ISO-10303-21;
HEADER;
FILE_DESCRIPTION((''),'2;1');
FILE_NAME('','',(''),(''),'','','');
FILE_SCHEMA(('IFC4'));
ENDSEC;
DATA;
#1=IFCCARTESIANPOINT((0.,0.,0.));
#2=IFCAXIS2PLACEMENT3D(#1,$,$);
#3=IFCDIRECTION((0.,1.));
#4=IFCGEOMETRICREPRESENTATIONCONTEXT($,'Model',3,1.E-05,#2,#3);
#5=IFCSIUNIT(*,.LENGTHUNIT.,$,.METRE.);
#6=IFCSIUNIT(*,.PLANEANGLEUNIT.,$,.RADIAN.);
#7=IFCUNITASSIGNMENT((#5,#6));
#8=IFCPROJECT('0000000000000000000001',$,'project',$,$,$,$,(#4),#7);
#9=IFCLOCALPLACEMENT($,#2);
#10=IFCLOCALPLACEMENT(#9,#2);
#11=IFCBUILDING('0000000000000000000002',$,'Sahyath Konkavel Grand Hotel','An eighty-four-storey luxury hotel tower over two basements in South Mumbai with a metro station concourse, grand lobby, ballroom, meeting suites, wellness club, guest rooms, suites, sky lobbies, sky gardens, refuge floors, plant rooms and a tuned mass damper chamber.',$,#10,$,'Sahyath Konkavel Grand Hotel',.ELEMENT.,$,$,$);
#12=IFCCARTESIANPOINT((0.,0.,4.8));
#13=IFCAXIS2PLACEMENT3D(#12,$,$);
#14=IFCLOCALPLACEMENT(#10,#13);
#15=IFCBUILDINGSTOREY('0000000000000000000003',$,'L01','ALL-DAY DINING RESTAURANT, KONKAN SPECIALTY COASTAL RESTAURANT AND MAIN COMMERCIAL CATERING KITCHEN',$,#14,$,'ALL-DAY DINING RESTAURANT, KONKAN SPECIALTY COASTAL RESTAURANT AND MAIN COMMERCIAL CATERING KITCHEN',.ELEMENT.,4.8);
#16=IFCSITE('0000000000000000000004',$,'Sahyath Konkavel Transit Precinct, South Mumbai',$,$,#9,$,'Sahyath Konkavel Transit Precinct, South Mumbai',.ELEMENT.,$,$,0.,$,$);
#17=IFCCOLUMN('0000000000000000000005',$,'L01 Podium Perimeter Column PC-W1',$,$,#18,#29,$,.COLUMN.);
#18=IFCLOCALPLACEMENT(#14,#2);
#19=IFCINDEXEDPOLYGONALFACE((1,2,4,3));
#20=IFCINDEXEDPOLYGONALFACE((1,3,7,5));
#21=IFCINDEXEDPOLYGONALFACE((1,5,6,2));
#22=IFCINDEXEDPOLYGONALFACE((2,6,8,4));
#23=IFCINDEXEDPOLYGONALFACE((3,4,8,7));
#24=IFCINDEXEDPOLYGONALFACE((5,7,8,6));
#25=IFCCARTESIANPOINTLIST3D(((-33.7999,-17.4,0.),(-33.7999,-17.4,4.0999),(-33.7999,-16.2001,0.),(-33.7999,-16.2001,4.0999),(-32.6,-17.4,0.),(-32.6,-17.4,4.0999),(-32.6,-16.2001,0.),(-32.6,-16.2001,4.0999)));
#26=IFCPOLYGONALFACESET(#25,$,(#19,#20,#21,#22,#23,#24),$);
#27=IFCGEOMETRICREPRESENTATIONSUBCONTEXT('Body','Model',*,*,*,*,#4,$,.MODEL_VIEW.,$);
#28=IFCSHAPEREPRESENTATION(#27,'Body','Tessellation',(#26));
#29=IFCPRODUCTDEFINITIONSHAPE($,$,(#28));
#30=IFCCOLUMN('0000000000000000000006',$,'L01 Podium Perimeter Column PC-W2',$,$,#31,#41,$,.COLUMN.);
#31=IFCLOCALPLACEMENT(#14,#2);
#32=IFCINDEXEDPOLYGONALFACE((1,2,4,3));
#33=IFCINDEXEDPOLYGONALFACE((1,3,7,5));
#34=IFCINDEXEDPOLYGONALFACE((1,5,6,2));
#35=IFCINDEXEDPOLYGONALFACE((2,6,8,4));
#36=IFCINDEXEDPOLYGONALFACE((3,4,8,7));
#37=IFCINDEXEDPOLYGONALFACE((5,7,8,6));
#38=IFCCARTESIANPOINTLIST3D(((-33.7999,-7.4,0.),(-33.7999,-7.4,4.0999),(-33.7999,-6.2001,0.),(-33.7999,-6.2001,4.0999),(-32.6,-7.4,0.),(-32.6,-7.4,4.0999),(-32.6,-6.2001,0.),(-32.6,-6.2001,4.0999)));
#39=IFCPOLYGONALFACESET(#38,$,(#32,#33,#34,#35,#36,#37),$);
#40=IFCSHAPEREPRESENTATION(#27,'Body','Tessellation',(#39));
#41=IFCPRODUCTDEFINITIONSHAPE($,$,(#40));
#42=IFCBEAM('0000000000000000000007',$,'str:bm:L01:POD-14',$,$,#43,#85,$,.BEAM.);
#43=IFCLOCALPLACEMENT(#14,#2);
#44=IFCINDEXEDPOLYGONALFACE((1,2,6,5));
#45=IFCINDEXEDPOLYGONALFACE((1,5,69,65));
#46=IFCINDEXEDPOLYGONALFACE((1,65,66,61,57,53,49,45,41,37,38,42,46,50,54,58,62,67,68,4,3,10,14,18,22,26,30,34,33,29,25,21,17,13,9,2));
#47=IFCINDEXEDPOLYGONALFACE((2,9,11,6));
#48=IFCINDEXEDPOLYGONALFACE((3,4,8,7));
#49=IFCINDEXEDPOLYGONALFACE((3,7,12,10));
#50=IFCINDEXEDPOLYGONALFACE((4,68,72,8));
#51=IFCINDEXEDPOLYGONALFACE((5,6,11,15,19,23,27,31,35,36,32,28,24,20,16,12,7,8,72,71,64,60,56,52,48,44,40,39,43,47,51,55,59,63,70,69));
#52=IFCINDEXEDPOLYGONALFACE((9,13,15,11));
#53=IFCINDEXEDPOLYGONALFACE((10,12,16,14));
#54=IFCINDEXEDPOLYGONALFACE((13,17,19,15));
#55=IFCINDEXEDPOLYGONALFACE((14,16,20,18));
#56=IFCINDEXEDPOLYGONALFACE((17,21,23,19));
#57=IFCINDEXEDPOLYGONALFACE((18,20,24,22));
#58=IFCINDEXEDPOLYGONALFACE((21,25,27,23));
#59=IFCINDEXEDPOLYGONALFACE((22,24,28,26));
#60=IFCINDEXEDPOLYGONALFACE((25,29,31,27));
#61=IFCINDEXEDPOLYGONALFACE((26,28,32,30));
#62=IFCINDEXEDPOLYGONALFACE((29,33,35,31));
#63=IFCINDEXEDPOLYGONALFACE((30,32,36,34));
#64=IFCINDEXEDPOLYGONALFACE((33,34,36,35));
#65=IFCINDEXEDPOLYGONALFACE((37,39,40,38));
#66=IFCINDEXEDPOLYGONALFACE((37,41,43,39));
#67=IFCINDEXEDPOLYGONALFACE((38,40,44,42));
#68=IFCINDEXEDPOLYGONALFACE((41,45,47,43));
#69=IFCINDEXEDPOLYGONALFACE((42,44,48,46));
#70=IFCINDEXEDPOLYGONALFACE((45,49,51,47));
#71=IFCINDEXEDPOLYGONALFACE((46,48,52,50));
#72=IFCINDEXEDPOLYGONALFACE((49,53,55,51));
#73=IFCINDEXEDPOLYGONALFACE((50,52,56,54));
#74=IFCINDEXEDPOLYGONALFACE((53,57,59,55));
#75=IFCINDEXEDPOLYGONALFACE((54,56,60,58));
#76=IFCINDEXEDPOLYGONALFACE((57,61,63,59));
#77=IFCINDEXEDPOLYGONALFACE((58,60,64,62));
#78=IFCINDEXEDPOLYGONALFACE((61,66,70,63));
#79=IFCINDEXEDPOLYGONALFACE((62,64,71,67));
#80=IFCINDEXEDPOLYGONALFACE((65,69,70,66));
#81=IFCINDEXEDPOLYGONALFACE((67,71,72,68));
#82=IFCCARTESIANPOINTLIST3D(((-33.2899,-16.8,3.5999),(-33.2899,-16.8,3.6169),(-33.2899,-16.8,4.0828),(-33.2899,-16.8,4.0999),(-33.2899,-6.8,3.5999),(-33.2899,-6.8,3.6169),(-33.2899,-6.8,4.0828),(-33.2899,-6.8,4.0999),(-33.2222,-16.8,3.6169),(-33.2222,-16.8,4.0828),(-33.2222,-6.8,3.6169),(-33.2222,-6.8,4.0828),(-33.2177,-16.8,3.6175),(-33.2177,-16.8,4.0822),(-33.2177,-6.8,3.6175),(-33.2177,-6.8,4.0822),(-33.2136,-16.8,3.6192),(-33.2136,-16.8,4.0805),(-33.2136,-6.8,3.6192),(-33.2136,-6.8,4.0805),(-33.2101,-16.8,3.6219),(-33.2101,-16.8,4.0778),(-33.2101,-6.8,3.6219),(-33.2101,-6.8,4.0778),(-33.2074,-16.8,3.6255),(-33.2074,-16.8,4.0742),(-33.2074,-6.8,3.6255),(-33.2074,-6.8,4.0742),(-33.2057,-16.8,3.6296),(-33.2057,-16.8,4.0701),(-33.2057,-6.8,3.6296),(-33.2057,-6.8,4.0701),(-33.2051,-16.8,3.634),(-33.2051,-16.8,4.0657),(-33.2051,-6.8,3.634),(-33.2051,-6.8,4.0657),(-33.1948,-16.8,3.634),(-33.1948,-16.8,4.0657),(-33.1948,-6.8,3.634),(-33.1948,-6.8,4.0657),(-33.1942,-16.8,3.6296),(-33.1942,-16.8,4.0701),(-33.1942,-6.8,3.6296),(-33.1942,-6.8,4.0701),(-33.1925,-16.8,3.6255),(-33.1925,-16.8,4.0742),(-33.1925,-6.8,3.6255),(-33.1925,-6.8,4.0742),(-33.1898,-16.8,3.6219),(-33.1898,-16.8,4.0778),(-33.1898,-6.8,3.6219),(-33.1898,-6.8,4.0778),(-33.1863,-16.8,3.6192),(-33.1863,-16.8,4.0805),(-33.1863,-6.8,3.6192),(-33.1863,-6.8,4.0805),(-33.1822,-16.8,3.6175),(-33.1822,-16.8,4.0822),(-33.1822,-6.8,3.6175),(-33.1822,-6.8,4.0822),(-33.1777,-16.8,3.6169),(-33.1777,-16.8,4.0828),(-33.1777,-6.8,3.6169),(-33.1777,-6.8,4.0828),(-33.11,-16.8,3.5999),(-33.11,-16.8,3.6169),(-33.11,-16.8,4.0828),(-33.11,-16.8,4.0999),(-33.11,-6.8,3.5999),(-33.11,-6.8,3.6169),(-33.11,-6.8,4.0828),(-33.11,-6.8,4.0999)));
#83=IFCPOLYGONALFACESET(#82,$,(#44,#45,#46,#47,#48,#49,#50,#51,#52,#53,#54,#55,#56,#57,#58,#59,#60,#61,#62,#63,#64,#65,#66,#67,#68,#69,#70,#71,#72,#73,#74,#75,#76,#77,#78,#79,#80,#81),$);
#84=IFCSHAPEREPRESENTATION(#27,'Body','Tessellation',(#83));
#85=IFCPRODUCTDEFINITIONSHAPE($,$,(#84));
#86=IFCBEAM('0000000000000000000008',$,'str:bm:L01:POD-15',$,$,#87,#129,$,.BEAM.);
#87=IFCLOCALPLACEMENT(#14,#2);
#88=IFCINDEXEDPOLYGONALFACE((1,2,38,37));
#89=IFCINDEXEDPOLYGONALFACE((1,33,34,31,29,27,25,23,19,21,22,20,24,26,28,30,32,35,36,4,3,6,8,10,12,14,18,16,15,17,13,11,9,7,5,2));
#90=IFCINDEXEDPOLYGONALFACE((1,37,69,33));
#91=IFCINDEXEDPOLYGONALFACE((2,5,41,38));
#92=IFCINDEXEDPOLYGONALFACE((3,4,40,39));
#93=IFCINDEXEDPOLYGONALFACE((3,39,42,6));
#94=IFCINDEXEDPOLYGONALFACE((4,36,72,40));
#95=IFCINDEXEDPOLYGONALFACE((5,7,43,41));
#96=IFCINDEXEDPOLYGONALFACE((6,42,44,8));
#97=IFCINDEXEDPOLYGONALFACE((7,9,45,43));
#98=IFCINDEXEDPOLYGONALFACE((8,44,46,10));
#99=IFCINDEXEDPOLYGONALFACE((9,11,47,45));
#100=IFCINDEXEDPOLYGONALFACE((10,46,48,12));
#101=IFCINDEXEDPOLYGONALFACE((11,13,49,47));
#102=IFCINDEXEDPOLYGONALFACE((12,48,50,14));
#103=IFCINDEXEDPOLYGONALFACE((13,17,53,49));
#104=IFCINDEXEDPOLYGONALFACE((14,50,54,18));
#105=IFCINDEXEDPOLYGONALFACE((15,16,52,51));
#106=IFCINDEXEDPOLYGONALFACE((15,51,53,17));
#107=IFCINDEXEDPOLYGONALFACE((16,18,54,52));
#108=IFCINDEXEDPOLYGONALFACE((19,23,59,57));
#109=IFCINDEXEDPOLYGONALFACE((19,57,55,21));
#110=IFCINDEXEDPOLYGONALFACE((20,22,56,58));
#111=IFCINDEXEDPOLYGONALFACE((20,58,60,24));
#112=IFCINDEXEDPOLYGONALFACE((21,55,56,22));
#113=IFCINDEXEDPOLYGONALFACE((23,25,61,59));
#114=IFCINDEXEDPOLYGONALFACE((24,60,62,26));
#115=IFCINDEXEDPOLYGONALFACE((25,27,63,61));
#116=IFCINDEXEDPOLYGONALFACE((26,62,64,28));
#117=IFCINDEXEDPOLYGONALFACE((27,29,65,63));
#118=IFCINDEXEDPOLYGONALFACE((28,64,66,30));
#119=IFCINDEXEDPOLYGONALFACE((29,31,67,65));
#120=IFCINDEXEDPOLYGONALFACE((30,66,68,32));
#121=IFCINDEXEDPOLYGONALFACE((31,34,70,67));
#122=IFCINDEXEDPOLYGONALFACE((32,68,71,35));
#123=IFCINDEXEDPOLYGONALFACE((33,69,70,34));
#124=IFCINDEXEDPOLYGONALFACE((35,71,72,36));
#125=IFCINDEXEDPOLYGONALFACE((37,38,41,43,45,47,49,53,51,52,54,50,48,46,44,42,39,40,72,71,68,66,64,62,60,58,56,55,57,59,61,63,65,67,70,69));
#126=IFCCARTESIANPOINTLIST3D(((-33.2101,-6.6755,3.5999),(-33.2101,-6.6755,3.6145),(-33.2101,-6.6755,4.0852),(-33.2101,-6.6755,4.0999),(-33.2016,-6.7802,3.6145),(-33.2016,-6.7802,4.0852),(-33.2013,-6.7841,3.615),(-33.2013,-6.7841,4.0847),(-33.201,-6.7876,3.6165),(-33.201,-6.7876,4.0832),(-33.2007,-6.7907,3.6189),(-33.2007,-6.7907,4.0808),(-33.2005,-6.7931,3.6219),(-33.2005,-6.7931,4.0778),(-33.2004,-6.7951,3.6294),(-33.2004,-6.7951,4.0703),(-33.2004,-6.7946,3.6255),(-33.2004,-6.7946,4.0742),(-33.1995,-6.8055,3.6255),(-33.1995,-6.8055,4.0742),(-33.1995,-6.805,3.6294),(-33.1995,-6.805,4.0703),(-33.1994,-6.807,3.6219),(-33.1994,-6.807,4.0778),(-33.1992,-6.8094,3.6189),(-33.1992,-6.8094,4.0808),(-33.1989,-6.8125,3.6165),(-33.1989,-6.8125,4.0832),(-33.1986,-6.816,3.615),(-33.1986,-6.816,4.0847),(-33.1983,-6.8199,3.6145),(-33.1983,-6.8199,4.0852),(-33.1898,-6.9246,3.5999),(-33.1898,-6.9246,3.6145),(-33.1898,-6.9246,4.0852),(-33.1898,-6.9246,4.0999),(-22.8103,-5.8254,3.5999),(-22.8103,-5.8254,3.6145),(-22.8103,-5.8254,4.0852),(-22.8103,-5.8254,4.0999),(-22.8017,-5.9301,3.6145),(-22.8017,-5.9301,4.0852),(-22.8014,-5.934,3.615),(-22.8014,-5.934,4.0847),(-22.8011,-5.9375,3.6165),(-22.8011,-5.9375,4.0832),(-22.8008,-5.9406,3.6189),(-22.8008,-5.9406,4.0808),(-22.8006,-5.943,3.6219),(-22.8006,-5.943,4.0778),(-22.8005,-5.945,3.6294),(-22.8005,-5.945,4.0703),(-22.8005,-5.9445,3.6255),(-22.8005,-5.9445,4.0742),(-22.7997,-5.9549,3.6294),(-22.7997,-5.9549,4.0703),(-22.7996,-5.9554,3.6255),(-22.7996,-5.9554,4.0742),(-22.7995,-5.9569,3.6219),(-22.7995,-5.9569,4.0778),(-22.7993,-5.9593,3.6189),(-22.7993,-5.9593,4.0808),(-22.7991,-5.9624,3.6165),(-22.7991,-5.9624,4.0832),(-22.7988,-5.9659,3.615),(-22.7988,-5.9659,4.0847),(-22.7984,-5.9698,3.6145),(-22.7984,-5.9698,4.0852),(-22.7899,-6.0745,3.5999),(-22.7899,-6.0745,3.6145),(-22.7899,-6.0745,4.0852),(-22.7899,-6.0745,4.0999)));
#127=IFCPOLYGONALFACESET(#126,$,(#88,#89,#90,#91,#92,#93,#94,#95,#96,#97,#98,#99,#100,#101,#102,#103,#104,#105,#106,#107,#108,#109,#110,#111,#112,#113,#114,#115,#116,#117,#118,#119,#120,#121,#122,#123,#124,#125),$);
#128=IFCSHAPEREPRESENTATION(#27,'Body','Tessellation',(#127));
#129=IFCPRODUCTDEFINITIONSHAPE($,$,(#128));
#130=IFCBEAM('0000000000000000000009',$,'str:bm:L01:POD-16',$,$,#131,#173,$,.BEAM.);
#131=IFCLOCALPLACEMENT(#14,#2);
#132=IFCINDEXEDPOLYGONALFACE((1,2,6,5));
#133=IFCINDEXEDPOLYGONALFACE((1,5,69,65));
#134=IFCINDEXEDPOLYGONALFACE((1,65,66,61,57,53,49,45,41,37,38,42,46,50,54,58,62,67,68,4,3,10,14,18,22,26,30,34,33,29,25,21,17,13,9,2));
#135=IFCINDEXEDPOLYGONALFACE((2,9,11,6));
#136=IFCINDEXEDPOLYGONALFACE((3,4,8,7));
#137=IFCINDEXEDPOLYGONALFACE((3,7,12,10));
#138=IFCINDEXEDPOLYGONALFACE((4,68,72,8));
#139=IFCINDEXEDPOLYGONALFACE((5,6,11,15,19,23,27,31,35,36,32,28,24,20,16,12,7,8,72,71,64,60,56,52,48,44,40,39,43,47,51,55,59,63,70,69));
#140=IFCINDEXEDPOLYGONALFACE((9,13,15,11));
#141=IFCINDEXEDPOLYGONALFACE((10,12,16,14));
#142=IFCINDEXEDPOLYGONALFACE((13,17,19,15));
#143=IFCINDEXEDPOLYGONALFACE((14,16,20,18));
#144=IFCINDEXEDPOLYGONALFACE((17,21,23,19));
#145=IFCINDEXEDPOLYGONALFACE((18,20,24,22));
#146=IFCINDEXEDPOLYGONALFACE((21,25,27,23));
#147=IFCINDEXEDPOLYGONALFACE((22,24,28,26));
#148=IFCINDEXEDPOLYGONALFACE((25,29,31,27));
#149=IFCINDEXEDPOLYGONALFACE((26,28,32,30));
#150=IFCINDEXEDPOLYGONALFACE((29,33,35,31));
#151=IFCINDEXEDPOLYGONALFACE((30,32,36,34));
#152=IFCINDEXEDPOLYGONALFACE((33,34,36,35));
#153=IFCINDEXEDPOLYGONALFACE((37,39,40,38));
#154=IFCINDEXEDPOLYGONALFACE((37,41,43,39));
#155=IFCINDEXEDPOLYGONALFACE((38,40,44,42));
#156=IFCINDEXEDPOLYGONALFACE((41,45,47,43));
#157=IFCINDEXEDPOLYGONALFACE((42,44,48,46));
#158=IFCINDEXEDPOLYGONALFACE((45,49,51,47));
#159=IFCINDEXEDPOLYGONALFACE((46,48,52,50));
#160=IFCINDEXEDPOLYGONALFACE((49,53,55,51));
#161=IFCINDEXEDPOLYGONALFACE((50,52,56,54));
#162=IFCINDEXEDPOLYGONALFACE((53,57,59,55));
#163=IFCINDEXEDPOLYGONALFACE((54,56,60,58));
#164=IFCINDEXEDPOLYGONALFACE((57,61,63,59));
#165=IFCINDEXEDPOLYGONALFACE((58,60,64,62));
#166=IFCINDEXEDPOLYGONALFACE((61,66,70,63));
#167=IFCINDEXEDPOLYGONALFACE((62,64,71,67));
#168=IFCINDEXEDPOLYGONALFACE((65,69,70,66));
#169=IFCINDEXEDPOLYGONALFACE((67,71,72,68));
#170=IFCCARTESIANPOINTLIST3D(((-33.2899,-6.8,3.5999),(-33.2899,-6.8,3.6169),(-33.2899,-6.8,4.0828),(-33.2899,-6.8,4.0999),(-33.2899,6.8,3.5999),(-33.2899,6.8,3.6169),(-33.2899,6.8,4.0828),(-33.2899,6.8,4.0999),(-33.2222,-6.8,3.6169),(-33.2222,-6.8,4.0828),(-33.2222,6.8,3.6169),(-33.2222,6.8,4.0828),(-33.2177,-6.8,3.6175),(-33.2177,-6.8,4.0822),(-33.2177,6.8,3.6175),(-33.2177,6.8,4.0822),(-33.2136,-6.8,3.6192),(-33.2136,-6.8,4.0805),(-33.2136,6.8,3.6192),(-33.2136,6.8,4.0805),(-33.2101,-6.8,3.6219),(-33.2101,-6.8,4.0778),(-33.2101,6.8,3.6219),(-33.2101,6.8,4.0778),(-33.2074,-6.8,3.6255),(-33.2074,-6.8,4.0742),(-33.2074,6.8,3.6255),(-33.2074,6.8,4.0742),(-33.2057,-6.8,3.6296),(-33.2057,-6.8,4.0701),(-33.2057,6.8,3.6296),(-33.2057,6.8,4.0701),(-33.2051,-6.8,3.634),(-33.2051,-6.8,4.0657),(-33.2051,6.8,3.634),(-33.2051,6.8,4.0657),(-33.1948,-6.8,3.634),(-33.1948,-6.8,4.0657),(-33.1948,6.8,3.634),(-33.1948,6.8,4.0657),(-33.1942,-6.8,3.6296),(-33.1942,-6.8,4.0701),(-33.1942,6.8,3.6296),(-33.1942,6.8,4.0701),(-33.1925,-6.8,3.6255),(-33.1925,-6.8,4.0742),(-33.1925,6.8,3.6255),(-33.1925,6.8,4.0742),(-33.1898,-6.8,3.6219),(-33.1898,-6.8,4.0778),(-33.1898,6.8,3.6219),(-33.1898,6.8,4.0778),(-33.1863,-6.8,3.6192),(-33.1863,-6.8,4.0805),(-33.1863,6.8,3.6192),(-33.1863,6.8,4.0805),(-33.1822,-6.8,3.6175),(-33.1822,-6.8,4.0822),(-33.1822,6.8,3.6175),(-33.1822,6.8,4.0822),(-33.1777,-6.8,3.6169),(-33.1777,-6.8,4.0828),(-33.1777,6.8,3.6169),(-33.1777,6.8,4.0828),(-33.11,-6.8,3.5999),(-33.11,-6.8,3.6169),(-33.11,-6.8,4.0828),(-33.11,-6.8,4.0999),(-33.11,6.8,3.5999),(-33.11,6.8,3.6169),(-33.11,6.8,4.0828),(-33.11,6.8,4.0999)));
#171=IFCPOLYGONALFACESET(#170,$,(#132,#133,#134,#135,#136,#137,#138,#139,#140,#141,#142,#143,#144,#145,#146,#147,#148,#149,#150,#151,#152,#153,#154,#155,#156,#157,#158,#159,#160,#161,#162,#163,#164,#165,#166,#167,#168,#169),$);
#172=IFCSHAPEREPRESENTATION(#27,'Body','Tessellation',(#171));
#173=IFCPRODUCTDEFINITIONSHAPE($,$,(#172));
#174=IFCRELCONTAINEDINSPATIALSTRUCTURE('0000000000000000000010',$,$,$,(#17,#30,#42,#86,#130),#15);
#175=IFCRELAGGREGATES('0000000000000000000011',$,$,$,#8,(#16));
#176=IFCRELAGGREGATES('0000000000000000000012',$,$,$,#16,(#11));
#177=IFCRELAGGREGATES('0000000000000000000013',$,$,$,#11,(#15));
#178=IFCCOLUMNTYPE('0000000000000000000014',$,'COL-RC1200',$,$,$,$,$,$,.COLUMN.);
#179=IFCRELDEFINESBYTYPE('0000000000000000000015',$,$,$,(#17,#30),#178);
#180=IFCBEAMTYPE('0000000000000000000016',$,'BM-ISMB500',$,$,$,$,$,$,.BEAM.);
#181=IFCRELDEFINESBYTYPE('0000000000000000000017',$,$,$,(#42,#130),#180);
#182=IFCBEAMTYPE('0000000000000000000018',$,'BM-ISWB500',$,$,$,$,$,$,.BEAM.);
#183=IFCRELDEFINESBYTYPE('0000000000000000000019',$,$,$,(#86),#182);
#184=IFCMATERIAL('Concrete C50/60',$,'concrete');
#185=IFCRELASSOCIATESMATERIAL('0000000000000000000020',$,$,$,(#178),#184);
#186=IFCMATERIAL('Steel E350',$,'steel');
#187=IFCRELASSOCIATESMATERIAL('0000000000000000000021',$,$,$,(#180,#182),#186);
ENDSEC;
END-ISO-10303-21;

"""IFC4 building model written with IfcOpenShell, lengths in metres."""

from ifc_helpers import new_model, si_unit, direction, frame, origin, origin_2d, place, context, subcontext, project, spatial, rectangle, i_section, extrude, source, transform, mapped, material, material_profile, profile_set, type_object, element, save


model = new_model("IFC4")

# Units and contexts
model_context = context("Model", 3, precision=1e-05, world=origin(), true_north=direction((0.0, 1.0)))
body_context = subcontext(model_context, "Body", "Model", "MODEL_VIEW")
ifc_project = project(units=[si_unit("LENGTHUNIT", "METRE"), si_unit("PLANEANGLEUNIT", "RADIAN")], contexts=[model_context])

# Site, building, storey
site_placement = place(None, origin())
site = spatial("IfcSite", under=ifc_project, at=site_placement, Name="Sahyath Konkavel Transit Precinct, South Mumbai", LongName="Sahyath Konkavel Transit Precinct, South Mumbai", CompositionType="ELEMENT", RefElevation=0.0)
building_placement = place(site_placement, origin())
building = spatial("IfcBuilding", under=site, at=building_placement, Name="Sahyath Konkavel Grand Hotel", Description="An eighty-four-storey luxury hotel tower over two basements in South Mumbai with a metro station concourse, grand lobby, ballroom, meeting suites, wellness club, guest rooms, suites, sky lobbies, sky gardens, refuge floors, plant rooms and a tuned mass damper chamber.", LongName="Sahyath Konkavel Grand Hotel", CompositionType="ELEMENT")
storey_placement = place(building_placement, frame((0.0, 0.0, 4.8)))
storey = spatial("IfcBuildingStorey", under=building, at=storey_placement, Name="L01", Description="ALL-DAY DINING RESTAURANT, KONKAN SPECIALTY COASTAL RESTAURANT AND MAIN COMMERCIAL CATERING KITCHEN", LongName="ALL-DAY DINING RESTAURANT, KONKAN SPECIALTY COASTAL RESTAURANT AND MAIN COMMERCIAL CATERING KITCHEN", CompositionType="ELEMENT", Elevation=4.8)

# Columns
ifc_material_1 = material(Name="Concrete C50/60", Category="concrete")
ifc_material_profile_1 = material_profile(ifc_material_1, rectangle(XDim=1.2, YDim=1.2, at=origin_2d()), Name="RC 1200x1200")
ifc_profile_set_1 = profile_set([ifc_material_profile_1], Name="Concrete C50/60")
column_type = type_object("IfcColumnType", Name="COL-RC1200", PredefinedType="COLUMN", material=ifc_profile_set_1)
shared_shape_1 = source(origin(), body_context, "Body", "SweptSolid", [
    extrude(rectangle(XDim=1.2, YDim=1.2, at=origin_2d()), origin(), (0.0, 0.0, 1.0), 4.0999),
])
for number, where, z_axis, x_axis, name in (
    (1, (-33.2, -16.8, 0.0), (0.0, 0.0, 1.0), (1.0, 0.0, 0.0), "L01 Podium Perimeter Column PC-W1"),
    (2, (-33.2, -6.8, 0.0), (0.0, 0.0, 1.0), (1.0, 0.0, 0.0), "L01 Podium Perimeter Column PC-W2"),
):
    element("IfcColumn", number, at=place(storey_placement, frame(where, z_axis=z_axis, x_axis=x_axis)), inside=storey, type_object=column_type, Name=name, PredefinedType="COLUMN", context=body_context, shape_type="MappedRepresentation", body=[
        mapped(shared_shape_1, transform((0.0, 0.0, 0.0), scale=1.0)),
    ])

# Beams
ifc_material_2 = material(Name="Steel E350", Category="steel")
ifc_material_profile_2 = material_profile(ifc_material_2, i_section(OverallWidth=0.1799, OverallDepth=0.5, WebThickness=0.0103, FlangeThickness=0.0171, FilletRadius=0.0171, at=origin_2d()), Name="ISMB 500")
ifc_profile_set_2 = profile_set([ifc_material_profile_2], Name="Steel E350")
beam_type_1 = type_object("IfcBeamType", Name="BM-ISMB500", PredefinedType="BEAM", material=ifc_profile_set_2)
shared_shape_2 = source(origin(), body_context, "Body", "SweptSolid", [
    extrude(i_section(OverallWidth=0.1799, OverallDepth=0.5, WebThickness=0.0103, FlangeThickness=0.0171, FilletRadius=0.0171, at=origin_2d()), origin(), (0.0, 0.0, 1.0), 10.0),
])
beam_1_placement = place(storey_placement, frame((-33.2, -16.8, 3.8499), z_axis=(0.0, 1.0, 0.0), x_axis=(-1.0, 0.0, 0.0)))
element("IfcBeam", 3, at=beam_1_placement, inside=storey, type_object=beam_type_1, Name="str:bm:L01:POD-14", PredefinedType="BEAM", context=body_context, shape_type="MappedRepresentation", body=[
    mapped(shared_shape_2, transform((0.0, 0.0, 0.0), scale=1.0)),
])
ifc_material_profile_3 = material_profile(ifc_material_2, i_section(OverallWidth=0.25, OverallDepth=0.5, WebThickness=0.01, FlangeThickness=0.0146, FilletRadius=0.0149, at=origin_2d()), Name="ISWB 500")
ifc_profile_set_3 = profile_set([ifc_material_profile_3], Name="Steel E350")
beam_type_2 = type_object("IfcBeamType", Name="BM-ISWB500", PredefinedType="BEAM", material=ifc_profile_set_3)
shared_shape_3 = source(origin(), body_context, "Body", "SweptSolid", [
    extrude(i_section(OverallWidth=0.25, OverallDepth=0.5, WebThickness=0.01, FlangeThickness=0.0146, FilletRadius=0.0149, at=origin_2d()), origin(), (0.0, 0.0, 1.0), 10.4346),
])
beam_2_placement = place(storey_placement, frame((-33.2, -6.8, 3.8499), z_axis=(0.996676, 0.081469, 0.0), x_axis=(-0.081469, 0.996676, 0.0)))
element("IfcBeam", 4, at=beam_2_placement, inside=storey, type_object=beam_type_2, Name="str:bm:L01:POD-15", PredefinedType="BEAM", context=body_context, shape_type="MappedRepresentation", body=[
    mapped(shared_shape_3, transform((0.0, 0.0, 0.0), scale=1.0)),
])
shared_shape_4 = source(origin(), body_context, "Body", "SweptSolid", [
    extrude(i_section(OverallWidth=0.1799, OverallDepth=0.5, WebThickness=0.0103, FlangeThickness=0.0171, FilletRadius=0.0171, at=origin_2d()), origin(), (0.0, 0.0, 1.0), 13.6001),
])
beam_3_placement = place(storey_placement, frame((-33.2, -6.8, 3.8499), z_axis=(0.0, 1.0, 0.0), x_axis=(-1.0, 0.0, 0.0)))
element("IfcBeam", 5, at=beam_3_placement, inside=storey, type_object=beam_type_1, Name="str:bm:L01:POD-16", PredefinedType="BEAM", context=body_context, shape_type="MappedRepresentation", body=[
    mapped(shared_shape_4, transform((0.0, 0.0, 0.0), scale=1.0)),
])

save(model, "model.ifc")
